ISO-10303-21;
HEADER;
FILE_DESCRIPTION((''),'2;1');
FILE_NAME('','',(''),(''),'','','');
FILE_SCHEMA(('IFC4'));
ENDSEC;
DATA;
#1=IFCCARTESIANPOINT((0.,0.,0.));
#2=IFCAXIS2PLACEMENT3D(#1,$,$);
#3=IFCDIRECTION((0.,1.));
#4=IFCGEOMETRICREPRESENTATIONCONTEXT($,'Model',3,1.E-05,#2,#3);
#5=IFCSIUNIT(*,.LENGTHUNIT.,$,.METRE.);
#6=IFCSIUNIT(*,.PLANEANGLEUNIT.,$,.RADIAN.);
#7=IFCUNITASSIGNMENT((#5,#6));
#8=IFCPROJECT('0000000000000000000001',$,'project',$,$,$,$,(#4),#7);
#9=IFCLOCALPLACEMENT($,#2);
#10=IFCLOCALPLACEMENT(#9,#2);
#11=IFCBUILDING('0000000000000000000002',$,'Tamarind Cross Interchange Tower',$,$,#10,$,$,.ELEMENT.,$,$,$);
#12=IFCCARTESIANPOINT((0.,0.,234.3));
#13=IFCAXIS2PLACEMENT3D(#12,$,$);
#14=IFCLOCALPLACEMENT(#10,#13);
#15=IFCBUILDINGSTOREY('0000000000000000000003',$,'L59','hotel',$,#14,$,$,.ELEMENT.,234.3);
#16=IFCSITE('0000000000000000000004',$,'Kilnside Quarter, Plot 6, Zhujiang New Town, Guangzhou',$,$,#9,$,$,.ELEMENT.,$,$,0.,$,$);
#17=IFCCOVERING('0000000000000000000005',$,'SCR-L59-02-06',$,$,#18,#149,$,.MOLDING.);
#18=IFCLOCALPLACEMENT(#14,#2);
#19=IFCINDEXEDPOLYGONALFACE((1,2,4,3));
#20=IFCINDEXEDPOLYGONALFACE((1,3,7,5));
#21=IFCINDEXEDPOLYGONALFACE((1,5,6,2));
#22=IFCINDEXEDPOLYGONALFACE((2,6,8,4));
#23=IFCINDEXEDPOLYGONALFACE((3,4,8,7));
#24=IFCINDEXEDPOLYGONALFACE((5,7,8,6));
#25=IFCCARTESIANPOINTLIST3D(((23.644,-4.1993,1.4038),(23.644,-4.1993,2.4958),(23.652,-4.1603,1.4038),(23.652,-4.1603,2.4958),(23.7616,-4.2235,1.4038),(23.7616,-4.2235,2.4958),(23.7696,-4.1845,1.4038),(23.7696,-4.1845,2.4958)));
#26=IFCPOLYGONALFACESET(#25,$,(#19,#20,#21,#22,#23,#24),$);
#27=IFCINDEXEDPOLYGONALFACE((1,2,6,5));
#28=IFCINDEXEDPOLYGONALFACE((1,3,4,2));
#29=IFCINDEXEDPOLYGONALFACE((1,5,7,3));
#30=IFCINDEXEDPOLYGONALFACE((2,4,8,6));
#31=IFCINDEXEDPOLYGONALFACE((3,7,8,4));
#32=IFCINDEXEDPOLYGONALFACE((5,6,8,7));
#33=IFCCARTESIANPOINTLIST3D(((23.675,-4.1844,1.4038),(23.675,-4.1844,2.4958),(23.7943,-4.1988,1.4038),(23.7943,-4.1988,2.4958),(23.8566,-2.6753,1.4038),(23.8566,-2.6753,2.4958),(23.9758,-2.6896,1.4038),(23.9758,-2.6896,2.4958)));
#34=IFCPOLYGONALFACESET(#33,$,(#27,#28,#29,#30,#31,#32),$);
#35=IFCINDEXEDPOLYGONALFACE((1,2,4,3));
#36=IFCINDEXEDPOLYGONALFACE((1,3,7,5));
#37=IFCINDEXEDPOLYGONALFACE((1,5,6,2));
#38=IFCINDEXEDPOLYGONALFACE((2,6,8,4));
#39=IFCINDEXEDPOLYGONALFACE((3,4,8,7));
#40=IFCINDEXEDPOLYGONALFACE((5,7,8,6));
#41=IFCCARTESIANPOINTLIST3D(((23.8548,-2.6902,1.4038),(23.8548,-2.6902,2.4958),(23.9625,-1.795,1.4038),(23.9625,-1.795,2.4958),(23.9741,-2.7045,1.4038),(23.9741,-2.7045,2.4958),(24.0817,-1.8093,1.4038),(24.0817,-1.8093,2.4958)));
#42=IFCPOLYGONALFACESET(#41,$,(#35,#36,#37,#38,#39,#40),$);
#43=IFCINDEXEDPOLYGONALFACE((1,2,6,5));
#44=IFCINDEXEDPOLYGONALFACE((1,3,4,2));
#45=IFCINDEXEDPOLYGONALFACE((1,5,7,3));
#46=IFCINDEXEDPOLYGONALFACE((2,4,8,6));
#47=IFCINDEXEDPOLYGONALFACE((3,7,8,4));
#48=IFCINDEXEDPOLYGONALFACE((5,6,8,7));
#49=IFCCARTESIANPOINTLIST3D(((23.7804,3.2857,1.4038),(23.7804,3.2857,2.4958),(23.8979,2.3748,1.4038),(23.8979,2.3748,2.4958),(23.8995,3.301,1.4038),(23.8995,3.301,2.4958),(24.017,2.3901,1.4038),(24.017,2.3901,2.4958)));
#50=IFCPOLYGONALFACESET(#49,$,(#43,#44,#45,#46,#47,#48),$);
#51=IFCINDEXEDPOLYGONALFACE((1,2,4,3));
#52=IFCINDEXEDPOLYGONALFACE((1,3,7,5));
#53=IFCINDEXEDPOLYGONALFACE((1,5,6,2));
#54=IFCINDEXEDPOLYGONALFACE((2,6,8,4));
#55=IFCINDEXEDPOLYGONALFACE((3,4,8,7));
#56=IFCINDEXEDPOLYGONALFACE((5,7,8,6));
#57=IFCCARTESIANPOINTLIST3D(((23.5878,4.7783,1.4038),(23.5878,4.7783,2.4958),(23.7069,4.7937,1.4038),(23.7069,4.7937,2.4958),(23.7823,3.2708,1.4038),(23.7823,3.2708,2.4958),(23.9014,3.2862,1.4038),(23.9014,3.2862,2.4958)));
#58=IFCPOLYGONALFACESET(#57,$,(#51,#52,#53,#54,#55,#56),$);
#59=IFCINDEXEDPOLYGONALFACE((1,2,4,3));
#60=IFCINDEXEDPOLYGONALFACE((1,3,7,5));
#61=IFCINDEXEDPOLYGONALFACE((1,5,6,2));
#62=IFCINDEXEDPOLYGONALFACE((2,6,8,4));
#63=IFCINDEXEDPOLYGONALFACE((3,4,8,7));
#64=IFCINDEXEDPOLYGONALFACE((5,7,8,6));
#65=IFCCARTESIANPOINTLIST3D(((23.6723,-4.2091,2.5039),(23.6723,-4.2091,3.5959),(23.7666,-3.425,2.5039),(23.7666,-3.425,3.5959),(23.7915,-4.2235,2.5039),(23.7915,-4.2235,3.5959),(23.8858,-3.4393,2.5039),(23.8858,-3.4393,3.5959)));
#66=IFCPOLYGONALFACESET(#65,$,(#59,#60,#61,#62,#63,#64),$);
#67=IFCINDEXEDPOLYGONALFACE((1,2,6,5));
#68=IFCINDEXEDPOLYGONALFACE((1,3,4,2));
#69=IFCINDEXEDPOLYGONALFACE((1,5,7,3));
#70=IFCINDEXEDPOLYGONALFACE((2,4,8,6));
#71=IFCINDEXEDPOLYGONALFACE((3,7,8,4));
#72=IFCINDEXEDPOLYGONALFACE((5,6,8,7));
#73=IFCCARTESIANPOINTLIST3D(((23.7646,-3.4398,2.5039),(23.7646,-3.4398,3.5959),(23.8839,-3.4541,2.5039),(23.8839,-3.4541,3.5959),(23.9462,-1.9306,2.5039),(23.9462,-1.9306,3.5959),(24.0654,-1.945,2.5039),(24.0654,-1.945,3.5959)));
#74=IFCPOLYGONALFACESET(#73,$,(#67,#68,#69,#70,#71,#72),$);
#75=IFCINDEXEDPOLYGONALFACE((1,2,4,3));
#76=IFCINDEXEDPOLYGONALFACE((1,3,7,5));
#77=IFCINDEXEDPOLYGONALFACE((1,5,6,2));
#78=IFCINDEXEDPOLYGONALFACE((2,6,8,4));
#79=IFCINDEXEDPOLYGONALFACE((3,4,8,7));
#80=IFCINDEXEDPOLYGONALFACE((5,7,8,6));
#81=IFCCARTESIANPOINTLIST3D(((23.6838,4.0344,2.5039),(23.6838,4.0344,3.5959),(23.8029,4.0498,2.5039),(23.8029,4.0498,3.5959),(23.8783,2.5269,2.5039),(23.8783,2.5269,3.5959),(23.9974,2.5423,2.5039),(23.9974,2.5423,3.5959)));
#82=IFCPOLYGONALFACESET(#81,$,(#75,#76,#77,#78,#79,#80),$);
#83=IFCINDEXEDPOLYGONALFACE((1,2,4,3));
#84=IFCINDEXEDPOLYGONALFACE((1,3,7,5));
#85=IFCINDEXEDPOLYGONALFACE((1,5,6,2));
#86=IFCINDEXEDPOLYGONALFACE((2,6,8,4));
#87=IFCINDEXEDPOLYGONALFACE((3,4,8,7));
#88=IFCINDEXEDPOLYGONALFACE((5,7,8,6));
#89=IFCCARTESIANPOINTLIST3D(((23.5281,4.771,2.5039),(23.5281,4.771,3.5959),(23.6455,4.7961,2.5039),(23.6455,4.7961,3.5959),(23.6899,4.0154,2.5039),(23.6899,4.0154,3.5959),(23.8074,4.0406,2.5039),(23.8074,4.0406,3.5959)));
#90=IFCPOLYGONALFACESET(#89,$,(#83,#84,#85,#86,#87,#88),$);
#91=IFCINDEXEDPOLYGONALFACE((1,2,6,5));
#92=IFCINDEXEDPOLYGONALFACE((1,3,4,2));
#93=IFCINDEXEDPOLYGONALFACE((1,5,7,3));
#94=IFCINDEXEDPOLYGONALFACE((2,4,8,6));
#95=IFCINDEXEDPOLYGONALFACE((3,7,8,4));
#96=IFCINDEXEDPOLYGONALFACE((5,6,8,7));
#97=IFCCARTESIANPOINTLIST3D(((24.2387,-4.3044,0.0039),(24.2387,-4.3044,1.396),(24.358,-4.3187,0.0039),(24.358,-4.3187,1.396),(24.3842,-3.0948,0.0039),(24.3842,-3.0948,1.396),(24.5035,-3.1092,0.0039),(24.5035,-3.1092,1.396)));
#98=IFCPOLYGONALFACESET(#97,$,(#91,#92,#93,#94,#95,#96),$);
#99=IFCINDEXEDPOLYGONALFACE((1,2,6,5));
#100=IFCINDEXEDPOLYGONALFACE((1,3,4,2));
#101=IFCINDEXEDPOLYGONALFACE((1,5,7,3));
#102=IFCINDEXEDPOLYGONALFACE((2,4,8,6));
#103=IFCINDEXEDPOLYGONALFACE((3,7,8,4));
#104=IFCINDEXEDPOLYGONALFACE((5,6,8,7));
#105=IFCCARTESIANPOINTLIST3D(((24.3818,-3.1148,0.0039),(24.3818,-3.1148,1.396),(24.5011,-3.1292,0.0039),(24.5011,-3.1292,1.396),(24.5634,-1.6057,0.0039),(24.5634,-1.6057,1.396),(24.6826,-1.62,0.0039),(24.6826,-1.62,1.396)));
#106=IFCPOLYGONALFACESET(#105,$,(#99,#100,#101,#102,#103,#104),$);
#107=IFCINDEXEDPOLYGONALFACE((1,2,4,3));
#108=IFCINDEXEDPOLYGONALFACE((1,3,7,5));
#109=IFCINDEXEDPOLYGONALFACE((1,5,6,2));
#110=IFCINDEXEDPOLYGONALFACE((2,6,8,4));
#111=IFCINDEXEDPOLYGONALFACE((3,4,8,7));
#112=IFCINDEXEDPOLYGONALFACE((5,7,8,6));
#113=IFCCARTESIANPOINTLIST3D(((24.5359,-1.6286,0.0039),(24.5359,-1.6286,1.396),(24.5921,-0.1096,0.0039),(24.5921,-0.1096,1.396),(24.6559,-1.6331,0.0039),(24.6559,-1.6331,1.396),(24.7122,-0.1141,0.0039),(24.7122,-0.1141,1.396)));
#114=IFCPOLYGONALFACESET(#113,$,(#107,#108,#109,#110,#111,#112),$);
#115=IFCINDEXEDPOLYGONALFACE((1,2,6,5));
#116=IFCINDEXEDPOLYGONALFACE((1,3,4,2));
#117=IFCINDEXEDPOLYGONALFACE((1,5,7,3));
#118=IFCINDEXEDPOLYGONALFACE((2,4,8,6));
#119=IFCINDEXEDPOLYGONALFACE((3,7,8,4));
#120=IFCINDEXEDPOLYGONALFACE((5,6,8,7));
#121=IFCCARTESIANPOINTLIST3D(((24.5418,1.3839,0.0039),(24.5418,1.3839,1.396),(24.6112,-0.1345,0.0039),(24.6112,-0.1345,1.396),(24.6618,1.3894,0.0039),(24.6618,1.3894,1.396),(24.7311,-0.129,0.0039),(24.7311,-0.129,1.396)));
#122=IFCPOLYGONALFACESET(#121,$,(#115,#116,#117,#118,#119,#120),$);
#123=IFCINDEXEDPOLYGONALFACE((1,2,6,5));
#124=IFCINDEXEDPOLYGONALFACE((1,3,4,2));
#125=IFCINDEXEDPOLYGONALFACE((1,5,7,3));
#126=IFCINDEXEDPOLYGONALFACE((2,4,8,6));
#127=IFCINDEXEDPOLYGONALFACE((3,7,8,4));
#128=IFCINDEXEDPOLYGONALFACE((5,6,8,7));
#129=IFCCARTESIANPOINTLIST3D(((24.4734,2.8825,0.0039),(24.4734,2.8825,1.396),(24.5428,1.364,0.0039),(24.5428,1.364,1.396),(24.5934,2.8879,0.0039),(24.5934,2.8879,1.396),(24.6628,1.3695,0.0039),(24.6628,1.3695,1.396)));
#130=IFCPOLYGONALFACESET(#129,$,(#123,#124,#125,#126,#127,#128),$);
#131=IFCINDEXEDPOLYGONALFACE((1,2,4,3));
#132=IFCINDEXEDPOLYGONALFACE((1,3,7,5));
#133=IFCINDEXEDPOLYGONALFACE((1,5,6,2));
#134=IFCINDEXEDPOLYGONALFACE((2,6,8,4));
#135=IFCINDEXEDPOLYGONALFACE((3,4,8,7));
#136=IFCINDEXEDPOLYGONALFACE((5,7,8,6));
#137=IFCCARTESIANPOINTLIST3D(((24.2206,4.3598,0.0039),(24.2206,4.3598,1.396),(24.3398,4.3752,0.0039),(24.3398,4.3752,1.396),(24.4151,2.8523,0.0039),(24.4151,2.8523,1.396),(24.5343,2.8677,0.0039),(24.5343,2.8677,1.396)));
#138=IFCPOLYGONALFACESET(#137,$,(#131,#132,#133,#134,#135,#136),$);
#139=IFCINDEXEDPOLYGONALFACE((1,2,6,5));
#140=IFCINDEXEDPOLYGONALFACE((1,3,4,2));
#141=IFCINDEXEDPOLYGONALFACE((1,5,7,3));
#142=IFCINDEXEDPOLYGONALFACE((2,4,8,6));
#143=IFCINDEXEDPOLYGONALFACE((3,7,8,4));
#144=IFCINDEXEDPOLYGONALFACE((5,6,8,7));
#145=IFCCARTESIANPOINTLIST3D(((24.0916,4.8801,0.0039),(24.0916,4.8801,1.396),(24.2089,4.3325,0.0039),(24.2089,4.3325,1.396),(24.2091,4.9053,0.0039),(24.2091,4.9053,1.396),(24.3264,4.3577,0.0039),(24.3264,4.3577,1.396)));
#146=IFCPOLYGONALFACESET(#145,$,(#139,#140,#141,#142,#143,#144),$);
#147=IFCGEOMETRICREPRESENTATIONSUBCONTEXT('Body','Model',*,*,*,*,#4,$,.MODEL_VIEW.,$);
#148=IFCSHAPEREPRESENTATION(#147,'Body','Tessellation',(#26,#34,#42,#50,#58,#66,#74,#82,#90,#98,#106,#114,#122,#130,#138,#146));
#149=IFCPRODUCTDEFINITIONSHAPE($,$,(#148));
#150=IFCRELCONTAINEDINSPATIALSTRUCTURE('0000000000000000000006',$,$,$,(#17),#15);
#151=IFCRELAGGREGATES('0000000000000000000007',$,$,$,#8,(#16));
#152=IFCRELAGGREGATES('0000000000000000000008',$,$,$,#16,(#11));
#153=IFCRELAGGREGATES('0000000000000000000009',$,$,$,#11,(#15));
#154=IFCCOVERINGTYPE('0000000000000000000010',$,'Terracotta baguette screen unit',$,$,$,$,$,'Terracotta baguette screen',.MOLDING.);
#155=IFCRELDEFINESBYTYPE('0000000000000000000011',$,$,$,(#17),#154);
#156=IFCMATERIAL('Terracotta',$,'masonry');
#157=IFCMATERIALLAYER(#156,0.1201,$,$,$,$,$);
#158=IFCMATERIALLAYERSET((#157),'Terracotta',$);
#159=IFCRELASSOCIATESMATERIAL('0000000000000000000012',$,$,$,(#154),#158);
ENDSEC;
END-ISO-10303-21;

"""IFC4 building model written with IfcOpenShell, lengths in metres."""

from ifc_helpers import new_model, si_unit, direction, frame, origin, origin_2d, place, context, subcontext, project, spatial, rectangle, extrude, material, layer, layer_set, type_object, element, save


model = new_model("IFC4")

# Units and contexts
model_context = context("Model", 3, precision=1e-05, world=origin(), true_north=direction((0.0, 1.0)))
body_context = subcontext(model_context, "Body", "Model", "MODEL_VIEW")
ifc_project = project(units=[si_unit("LENGTHUNIT", "METRE"), si_unit("PLANEANGLEUNIT", "RADIAN")], contexts=[model_context])

# Site, building, storey
site_placement = place(None, origin())
site = spatial("IfcSite", under=ifc_project, at=site_placement, Name="Kilnside Quarter, Plot 6, Zhujiang New Town, Guangzhou", CompositionType="ELEMENT", RefElevation=0.0)
building_placement = place(site_placement, origin())
building = spatial("IfcBuilding", under=site, at=building_placement, Name="Tamarind Cross Interchange Tower", CompositionType="ELEMENT")
storey_placement = place(building_placement, frame((0.0, 0.0, 234.3)))
storey = spatial("IfcBuildingStorey", under=building, at=storey_placement, Name="L59", Description="hotel", CompositionType="ELEMENT", Elevation=234.3)

# Covering
ifc_material_1 = material(Name="Terracotta", Category="masonry")
ifc_layer_1 = layer(ifc_material_1, 0.1201)
ifc_layer_set_1 = layer_set([ifc_layer_1], Name="Terracotta")
covering_type = type_object("IfcCoveringType", Name="Terracotta baguette screen unit", ElementType="Terracotta baguette screen", PredefinedType="MOLDING", material=ifc_layer_set_1)
covering_1_placement = place(storey_placement, origin())
element("IfcCovering", 1, at=covering_1_placement, inside=storey, type_object=covering_type, Name="SCR-L59-02-06", PredefinedType="MOLDING", context=body_context, shape_type="SweptSolid", body=[
    extrude(rectangle(XDim=0.0398, YDim=0.1201, at=origin_2d()), frame((23.7068, -4.1919, 1.4038), z_axis=(0.0, 0.0, 1.0), x_axis=(0.201001, 0.979591, 0.0)), (0.0, 0.0, 1.0), 1.092),
    extrude(rectangle(XDim=1.52, YDim=0.1201, at=origin_2d()), frame((23.8254, -3.437, 1.4038), z_axis=(0.0, 0.0, 1.0), x_axis=(0.119421, 0.992844, 0.0)), (0.0, 0.0, 1.0), 1.092),
    extrude(rectangle(XDim=0.9016, YDim=0.1201, at=origin_2d()), frame((23.9683, -2.2498, 1.4038), z_axis=(0.0, 0.0, 1.0), x_axis=(0.119421, 0.992844, 0.0)), (0.0, 0.0, 1.0), 1.092),
    extrude(rectangle(XDim=0.9185, YDim=0.1201, at=origin_2d()), frame((23.8987, 2.8379, 1.4038), z_axis=(0.0, 0.0, 1.0), x_axis=(-0.127962, 0.991779, 0.0)), (0.0, 0.0, 1.0), 1.092),
    extrude(rectangle(XDim=1.52, YDim=0.1201, at=origin_2d()), frame((23.7446, 4.0322, 1.4038), z_axis=(0.0, 0.0, 1.0), x_axis=(-0.127962, 0.991779, 0.0)), (0.0, 0.0, 1.0), 1.092),
    extrude(rectangle(XDim=0.7898, YDim=0.1201, at=origin_2d()), frame((23.7791, -3.8242, 2.5039), z_axis=(0.0, 0.0, 1.0), x_axis=(0.119421, 0.992844, 0.0)), (0.0, 0.0, 1.0), 1.092),
    extrude(rectangle(XDim=1.52, YDim=0.1201, at=origin_2d()), frame((23.915, -2.6924, 2.5039), z_axis=(0.0, 0.0, 1.0), x_axis=(0.119421, 0.992844, 0.0)), (0.0, 0.0, 1.0), 1.092),
    extrude(rectangle(XDim=1.52, YDim=0.1201, at=origin_2d()), frame((23.8406, 3.2883, 2.5039), z_axis=(0.0, 0.0, 1.0), x_axis=(-0.127962, 0.991779, 0.0)), (0.0, 0.0, 1.0), 1.092),
    extrude(rectangle(XDim=0.7727, YDim=0.1201, at=origin_2d()), frame((23.6677, 4.4058, 2.5039), z_axis=(0.0, 0.0, 1.0), x_axis=(-0.209425, 0.977825, 0.0)), (0.0, 0.0, 1.0), 1.092),
    extrude(rectangle(XDim=1.2183, YDim=0.1201, at=origin_2d()), frame((24.3711, -3.7068, 0.0039), z_axis=(0.0, 0.0, 1.0), x_axis=(0.119421, 0.992844, 0.0)), (0.0, 0.0, 1.0), 1.3921),
    extrude(rectangle(XDim=1.52, YDim=0.1201, at=origin_2d()), frame((24.5322, -2.3674, 0.0039), z_axis=(0.0, 0.0, 1.0), x_axis=(0.119421, 0.992844, 0.0)), (0.0, 0.0, 1.0), 1.3921),
    extrude(rectangle(XDim=1.52, YDim=0.1201, at=origin_2d()), frame((24.624, -0.8713, 0.0039), z_axis=(0.0, 0.0, 1.0), x_axis=(0.037025, 0.999314, 0.0)), (0.0, 0.0, 1.0), 1.3921),
    extrude(rectangle(XDim=1.52, YDim=0.1201, at=origin_2d()), frame((24.6365, 0.6274, 0.0039), z_axis=(0.0, 0.0, 1.0), x_axis=(-0.045624, 0.998959, 0.0)), (0.0, 0.0, 1.0), 1.3921),
    extrude(rectangle(XDim=1.52, YDim=0.1201, at=origin_2d()), frame((24.5681, 2.126, 0.0039), z_axis=(0.0, 0.0, 1.0), x_axis=(-0.045624, 0.998959, 0.0)), (0.0, 0.0, 1.0), 1.3921),
    extrude(rectangle(XDim=1.52, YDim=0.1201, at=origin_2d()), frame((24.3774, 3.6138, 0.0039), z_axis=(0.0, 0.0, 1.0), x_axis=(-0.127962, 0.991779, 0.0)), (0.0, 0.0, 1.0), 1.3921),
    extrude(rectangle(XDim=0.5601, YDim=0.1201, at=origin_2d()), frame((24.209, 4.6189, 0.0039), z_axis=(0.0, 0.0, 1.0), x_axis=(-0.209425, 0.977825, 0.0)), (0.0, 0.0, 1.0), 1.3921),
])

save(model, "model.ifc")
